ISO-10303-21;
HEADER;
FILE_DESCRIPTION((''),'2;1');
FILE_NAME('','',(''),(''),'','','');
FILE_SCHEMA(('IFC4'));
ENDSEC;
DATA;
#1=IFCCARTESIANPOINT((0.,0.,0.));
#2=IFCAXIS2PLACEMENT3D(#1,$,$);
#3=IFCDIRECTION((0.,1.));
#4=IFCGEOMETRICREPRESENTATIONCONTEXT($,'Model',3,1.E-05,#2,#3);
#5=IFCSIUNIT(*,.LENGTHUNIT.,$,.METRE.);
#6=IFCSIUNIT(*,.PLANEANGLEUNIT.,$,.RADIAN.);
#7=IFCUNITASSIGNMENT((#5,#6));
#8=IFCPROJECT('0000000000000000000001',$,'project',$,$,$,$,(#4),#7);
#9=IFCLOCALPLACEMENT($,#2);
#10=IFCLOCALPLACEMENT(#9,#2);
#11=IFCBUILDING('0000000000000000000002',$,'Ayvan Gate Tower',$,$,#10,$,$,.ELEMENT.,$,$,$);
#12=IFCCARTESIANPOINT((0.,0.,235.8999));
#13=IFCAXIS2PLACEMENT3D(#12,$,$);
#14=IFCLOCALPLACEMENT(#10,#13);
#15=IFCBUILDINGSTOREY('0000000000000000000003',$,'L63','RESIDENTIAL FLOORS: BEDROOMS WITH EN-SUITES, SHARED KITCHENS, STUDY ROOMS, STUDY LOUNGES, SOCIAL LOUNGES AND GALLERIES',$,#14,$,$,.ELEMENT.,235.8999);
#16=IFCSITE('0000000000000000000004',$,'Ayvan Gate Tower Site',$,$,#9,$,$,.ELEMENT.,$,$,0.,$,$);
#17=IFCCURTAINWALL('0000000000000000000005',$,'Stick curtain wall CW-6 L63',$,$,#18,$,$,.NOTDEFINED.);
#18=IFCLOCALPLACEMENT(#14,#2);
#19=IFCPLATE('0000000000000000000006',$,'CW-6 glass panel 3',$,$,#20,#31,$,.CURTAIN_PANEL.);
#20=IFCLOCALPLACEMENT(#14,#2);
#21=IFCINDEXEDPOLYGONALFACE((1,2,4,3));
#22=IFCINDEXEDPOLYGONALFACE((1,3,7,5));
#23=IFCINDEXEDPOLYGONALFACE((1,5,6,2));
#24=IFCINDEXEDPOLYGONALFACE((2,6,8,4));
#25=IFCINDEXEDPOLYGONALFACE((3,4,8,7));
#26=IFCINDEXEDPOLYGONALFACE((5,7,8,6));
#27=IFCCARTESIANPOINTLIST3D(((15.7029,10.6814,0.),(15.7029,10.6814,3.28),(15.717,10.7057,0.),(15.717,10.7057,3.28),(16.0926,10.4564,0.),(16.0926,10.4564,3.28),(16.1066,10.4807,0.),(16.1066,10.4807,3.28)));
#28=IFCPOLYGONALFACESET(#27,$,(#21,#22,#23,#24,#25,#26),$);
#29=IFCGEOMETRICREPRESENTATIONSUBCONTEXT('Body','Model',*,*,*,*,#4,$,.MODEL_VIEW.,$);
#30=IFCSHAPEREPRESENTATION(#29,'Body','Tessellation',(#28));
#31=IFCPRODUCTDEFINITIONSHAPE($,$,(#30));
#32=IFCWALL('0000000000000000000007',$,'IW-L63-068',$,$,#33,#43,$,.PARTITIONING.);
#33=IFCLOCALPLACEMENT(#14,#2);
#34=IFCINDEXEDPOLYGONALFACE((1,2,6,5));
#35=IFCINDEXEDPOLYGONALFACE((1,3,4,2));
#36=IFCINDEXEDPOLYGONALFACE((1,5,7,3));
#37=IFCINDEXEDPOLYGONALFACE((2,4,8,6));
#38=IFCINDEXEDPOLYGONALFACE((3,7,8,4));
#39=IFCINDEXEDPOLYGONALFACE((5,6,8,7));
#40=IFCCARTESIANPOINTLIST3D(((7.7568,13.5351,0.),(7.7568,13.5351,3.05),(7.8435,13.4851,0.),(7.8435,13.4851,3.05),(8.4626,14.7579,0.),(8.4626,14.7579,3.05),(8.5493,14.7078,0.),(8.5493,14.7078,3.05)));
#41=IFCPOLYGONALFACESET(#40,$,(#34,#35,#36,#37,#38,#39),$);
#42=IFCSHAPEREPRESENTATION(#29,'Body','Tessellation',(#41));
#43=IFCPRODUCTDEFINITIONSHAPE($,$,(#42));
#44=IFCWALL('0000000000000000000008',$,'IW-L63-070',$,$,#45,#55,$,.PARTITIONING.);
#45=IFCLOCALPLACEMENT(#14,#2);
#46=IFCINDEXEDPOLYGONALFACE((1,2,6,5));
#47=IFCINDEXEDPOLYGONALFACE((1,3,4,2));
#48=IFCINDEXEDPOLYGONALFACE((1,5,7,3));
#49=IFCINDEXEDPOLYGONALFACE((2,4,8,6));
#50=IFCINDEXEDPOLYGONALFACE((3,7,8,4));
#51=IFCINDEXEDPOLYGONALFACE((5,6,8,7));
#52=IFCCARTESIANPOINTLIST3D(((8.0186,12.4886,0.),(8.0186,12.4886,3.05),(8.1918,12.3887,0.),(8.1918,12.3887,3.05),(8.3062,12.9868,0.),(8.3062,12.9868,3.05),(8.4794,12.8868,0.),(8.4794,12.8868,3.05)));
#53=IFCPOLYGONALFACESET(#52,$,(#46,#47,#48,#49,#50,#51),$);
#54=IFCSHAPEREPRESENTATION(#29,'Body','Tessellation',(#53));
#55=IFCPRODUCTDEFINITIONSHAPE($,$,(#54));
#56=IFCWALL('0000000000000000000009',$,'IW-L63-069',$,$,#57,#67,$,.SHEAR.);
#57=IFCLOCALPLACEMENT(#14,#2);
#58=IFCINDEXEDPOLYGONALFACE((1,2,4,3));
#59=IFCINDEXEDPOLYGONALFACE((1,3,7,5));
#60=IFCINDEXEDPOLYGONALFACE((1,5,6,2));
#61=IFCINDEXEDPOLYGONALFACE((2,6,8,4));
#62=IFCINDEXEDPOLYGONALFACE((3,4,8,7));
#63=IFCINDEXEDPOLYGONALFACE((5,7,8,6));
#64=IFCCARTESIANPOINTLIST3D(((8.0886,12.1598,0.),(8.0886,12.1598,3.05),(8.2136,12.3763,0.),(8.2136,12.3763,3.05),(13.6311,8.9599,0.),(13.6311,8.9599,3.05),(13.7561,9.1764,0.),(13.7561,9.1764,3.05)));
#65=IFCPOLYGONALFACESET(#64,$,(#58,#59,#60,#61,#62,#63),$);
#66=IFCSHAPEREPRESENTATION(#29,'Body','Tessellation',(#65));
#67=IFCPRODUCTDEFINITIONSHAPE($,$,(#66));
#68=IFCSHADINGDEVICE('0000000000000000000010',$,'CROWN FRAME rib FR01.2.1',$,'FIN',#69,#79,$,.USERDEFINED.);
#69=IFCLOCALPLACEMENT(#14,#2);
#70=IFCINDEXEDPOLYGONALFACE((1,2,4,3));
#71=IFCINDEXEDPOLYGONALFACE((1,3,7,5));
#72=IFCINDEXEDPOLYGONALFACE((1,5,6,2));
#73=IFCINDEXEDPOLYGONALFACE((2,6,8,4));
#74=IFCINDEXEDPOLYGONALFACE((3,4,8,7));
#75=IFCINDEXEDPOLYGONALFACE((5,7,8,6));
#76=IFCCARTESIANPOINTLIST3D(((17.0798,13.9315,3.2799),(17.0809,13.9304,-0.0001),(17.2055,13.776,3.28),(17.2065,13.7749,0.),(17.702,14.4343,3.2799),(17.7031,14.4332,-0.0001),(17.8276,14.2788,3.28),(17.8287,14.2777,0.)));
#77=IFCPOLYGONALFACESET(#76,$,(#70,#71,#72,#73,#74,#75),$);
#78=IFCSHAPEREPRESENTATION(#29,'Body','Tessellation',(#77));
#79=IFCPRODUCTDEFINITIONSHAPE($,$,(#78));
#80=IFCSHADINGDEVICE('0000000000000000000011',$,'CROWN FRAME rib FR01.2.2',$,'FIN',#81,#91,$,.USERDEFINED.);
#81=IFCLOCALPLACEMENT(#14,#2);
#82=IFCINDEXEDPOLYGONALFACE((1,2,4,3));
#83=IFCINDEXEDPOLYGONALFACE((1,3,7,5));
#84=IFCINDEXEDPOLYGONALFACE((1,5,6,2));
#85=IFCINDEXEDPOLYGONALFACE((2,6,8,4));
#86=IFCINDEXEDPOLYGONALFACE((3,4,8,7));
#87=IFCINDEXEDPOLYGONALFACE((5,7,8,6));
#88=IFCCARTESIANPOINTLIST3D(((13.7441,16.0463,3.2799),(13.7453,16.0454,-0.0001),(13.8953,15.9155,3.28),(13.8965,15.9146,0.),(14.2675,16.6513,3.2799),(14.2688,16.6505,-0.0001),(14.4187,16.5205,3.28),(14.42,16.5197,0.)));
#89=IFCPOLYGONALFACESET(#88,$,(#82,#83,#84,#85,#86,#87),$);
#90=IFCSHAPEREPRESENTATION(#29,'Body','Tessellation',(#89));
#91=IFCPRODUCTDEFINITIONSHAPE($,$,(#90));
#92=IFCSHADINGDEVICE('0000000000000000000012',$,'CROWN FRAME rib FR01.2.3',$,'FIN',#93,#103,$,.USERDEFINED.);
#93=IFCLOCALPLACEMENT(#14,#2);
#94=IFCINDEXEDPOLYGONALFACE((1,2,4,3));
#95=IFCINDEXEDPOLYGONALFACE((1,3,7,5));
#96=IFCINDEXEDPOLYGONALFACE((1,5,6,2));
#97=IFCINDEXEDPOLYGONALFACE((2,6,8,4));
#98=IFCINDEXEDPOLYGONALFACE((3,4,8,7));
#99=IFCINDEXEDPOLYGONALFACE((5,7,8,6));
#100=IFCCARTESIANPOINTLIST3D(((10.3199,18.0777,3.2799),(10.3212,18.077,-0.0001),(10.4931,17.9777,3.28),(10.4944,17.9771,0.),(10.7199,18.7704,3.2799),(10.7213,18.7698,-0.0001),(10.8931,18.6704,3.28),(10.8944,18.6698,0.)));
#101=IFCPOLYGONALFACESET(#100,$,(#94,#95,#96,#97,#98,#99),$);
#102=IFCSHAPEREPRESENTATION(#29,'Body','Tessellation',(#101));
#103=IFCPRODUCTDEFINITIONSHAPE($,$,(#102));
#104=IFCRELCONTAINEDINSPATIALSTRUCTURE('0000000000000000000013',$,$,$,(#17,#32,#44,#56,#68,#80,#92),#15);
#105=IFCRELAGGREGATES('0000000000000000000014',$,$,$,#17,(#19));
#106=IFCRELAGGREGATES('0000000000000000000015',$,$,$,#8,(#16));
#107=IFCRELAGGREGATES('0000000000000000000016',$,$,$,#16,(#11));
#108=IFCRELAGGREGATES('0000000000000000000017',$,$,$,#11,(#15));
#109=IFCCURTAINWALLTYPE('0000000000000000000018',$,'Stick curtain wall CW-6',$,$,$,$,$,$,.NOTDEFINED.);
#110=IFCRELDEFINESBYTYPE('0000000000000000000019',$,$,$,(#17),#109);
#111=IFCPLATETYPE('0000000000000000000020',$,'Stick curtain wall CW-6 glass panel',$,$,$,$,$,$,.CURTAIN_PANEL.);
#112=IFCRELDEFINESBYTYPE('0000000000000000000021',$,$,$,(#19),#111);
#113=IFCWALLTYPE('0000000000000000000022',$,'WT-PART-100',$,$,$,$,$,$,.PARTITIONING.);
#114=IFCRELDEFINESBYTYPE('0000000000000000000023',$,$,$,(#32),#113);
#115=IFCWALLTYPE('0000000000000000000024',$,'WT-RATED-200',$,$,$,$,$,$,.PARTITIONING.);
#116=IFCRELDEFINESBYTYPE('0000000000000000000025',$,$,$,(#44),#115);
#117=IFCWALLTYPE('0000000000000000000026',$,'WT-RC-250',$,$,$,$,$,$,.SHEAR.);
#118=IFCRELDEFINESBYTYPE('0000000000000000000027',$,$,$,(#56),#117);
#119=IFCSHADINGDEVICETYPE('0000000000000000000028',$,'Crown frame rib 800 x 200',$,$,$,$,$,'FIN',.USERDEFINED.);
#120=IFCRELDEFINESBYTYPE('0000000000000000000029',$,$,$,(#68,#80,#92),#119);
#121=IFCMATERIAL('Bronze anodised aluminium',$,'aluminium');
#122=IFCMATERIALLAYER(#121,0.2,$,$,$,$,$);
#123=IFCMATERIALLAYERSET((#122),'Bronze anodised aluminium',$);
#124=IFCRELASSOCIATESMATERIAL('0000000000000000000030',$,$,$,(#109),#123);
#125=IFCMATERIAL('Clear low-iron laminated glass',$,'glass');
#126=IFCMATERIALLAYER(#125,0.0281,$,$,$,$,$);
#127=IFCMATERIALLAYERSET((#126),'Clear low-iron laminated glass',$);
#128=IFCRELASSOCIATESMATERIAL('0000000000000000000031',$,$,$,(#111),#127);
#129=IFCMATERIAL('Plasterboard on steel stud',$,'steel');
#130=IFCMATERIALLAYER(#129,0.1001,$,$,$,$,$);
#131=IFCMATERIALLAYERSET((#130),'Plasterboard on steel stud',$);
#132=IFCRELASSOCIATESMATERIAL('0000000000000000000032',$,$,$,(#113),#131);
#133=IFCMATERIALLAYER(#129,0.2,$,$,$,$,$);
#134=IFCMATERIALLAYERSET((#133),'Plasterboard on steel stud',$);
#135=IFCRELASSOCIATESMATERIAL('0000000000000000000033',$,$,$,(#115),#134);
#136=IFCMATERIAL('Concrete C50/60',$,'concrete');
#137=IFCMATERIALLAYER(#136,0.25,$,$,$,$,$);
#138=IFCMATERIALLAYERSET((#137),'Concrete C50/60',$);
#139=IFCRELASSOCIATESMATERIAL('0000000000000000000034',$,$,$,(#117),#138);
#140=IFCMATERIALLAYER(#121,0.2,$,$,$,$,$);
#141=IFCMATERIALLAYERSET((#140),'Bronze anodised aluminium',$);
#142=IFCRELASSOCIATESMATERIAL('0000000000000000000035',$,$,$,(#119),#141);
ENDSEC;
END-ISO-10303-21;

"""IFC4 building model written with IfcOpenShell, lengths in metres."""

from ifc_helpers import new_model, si_unit, direction, frame, frame_2d, origin, origin_2d, place, context, subcontext, project, spatial, polyline, rectangle, outline, extrude, material, layer, layer_set, type_object, element, aggregate, save


model = new_model("IFC4")

# Units and contexts
model_context = context("Model", 3, precision=1e-05, world=origin(), true_north=direction((0.0, 1.0)))
body_context = subcontext(model_context, "Body", "Model", "MODEL_VIEW")
ifc_project = project(units=[si_unit("LENGTHUNIT", "METRE"), si_unit("PLANEANGLEUNIT", "RADIAN")], contexts=[model_context])

# Site, building, storey
site_placement = place(None, origin())
site = spatial("IfcSite", under=ifc_project, at=site_placement, Name="Ayvan Gate Tower Site", CompositionType="ELEMENT", RefElevation=0.0)
building_placement = place(site_placement, origin())
building = spatial("IfcBuilding", under=site, at=building_placement, Name="Ayvan Gate Tower", CompositionType="ELEMENT")
storey_placement = place(building_placement, frame((0.0, 0.0, 235.8999)))
storey = spatial("IfcBuildingStorey", under=building, at=storey_placement, Name="L63", Description="RESIDENTIAL FLOORS: BEDROOMS WITH EN-SUITES, SHARED KITCHENS, STUDY ROOMS, STUDY LOUNGES, SOCIAL LOUNGES AND GALLERIES", CompositionType="ELEMENT", Elevation=235.8999)

# Shared definitions
ifc_material_1 = material(Name="Concrete C50/60", Category="concrete")

# Shared definitions
ifc_material_2 = material(Name="Bronze anodised aluminium", Category="aluminium")

# Curtain wall
ifc_layer_1 = layer(ifc_material_2, 0.2)
ifc_layer_set_1 = layer_set([ifc_layer_1], Name="Bronze anodised aluminium")
curtain_wall_type_1 = type_object("IfcCurtainWallType", Name="Stick curtain wall CW-6", PredefinedType="NOTDEFINED", material=ifc_layer_set_1)
curtain_wall_1_placement = place(storey_placement, origin())
curtain_wall_1 = element("IfcCurtainWall", 1, at=curtain_wall_1_placement, inside=storey, type_object=curtain_wall_type_1, Name="Stick curtain wall CW-6 L63", PredefinedType="NOTDEFINED")

# Plate
ifc_material_3 = material(Name="Clear low-iron laminated glass", Category="glass")
ifc_layer_2 = layer(ifc_material_3, 0.0281)
ifc_layer_set_2 = layer_set([ifc_layer_2], Name="Clear low-iron laminated glass")
plate_type_1 = type_object("IfcPlateType", Name="Stick curtain wall CW-6 glass panel", PredefinedType="CURTAIN_PANEL", material=ifc_layer_set_2)
plate_1_placement = place(storey_placement, frame((15.9048, 10.5811, 0.0), z_axis=(0.0, 0.0, 1.0), x_axis=(-0.866025, 0.5, 0.0)))
plate_1 = element("IfcPlate", 2, at=plate_1_placement, type_object=plate_type_1, Name="CW-6 glass panel 3", PredefinedType="CURTAIN_PANEL", context=body_context, shape_type="SweptSolid", body=[
    extrude(rectangle(XDim=0.45, YDim=0.0281, at=origin_2d()), origin(), (0.0, 0.0, 1.0), 3.28),
])
aggregate(curtain_wall_1, [plate_1])

# Walls
ifc_material_4 = material(Name="Plasterboard on steel stud", Category="steel")
ifc_layer_3 = layer(ifc_material_4, 0.1001)
ifc_layer_set_3 = layer_set([ifc_layer_3], Name="Plasterboard on steel stud")
wall_type_1 = type_object("IfcWallType", Name="WT-PART-100", PredefinedType="PARTITIONING", material=ifc_layer_set_3)
wall_1_placement = place(storey_placement, frame((7.8, 13.51, 0.0), z_axis=(0.0, 0.0, 1.0), x_axis=(0.499952, 0.866053, 0.0)))
element("IfcWall", 3, at=wall_1_placement, inside=storey, type_object=wall_type_1, Name="IW-L63-068", PredefinedType="PARTITIONING", context=body_context, shape_type="SweptSolid", body=[
    extrude(rectangle(XDim=1.4119, YDim=0.1001, at=frame_2d((0.7061, 0.0))), origin(), (0.0, 0.0, 1.0), 3.05),
])
ifc_layer_4 = layer(ifc_material_4, 0.2)
ifc_layer_set_4 = layer_set([ifc_layer_4], Name="Plasterboard on steel stud")
wall_type_2 = type_object("IfcWallType", Name="WT-RATED-200", PredefinedType="PARTITIONING", material=ifc_layer_set_4)
wall_2_placement = place(storey_placement, frame((8.3928, 12.9368, 0.0), z_axis=(0.0, 0.0, 1.0), x_axis=(-0.500065, -0.865988, 0.0)))
element("IfcWall", 4, at=wall_2_placement, inside=storey, type_object=wall_type_2, Name="IW-L63-070", PredefinedType="PARTITIONING", context=body_context, shape_type="SweptSolid", body=[
    extrude(rectangle(XDim=0.5752, YDim=0.2, at=frame_2d((0.2876, 0.0))), origin(), (0.0, 0.0, 1.0), 3.05),
])
ifc_layer_5 = layer(ifc_material_1, 0.25)
ifc_layer_set_5 = layer_set([ifc_layer_5], Name="Concrete C50/60")
wall_type_3 = type_object("IfcWallType", Name="WT-RC-250", PredefinedType="SHEAR", material=ifc_layer_set_5)
wall_3_placement = place(storey_placement, frame((8.1511, 12.2681, 0.0), z_axis=(0.0, 0.0, 1.0), x_axis=(0.866025, -0.5, 0.0)))
element("IfcWall", 5, at=wall_3_placement, inside=storey, type_object=wall_type_3, Name="IW-L63-069", PredefinedType="SHEAR", context=body_context, shape_type="SweptSolid", body=[
    extrude(rectangle(XDim=6.3999, YDim=0.25, at=frame_2d((3.2, 0.0))), origin(), (0.0, 0.0, 1.0), 3.05),
])

# Shading devices
ifc_layer_6 = layer(ifc_material_2, 0.2)
ifc_layer_set_6 = layer_set([ifc_layer_6], Name="Bronze anodised aluminium")
shading_device_type = type_object("IfcShadingDeviceType", Name="Crown frame rib 800 x 200", ElementType="FIN", PredefinedType="USERDEFINED", material=ifc_layer_set_6)
shading_device_1_placement = place(storey_placement, frame((17.2065, 13.7749, 0.0), z_axis=(0.628539, -0.777778, 0.000471), x_axis=(0.777778, 0.62854, 0.0)))
element("IfcShadingDevice", 6, at=shading_device_1_placement, inside=storey, type_object=shading_device_type, Name="CROWN FRAME rib FR01.2.1", ObjectType="FIN", PredefinedType="USERDEFINED", context=body_context, shape_type="SweptSolid", body=[
    extrude(outline(polyline([(0.0, 0.0), (0.8, 0.0), (0.7998, 3.28), (-0.0001, 3.28), (0.0, 0.0)])), origin(), (0.0, 0.0, -1.0), 0.2),
])
shading_device_2_placement = place(storey_placement, frame((13.8965, 15.9146, 0.0), z_axis=(0.756298, -0.654227, 0.000452), x_axis=(0.654227, 0.756298, 0.0)))
element("IfcShadingDevice", 7, at=shading_device_2_placement, inside=storey, type_object=shading_device_type, Name="CROWN FRAME rib FR01.2.2", ObjectType="FIN", PredefinedType="USERDEFINED", context=body_context, shape_type="SweptSolid", body=[
    extrude(outline(polyline([(0.0, 0.0), (0.8002, 0.0), (0.7999, 3.28), (-0.0001, 3.28), (0.0, 0.0)])), origin(), (0.0, 0.0, -1.0), 0.2),
])
shading_device_3_placement = place(storey_placement, frame((10.4944, 17.9771, 0.0), z_axis=(0.86599, -0.500061, 0.000448), x_axis=(0.500061, 0.86599, 0.0)))
element("IfcShadingDevice", 8, at=shading_device_3_placement, inside=storey, type_object=shading_device_type, Name="CROWN FRAME rib FR01.2.3", ObjectType="FIN", PredefinedType="USERDEFINED", context=body_context, shape_type="SweptSolid", body=[
    extrude(outline(polyline([(0.0, 0.0), (0.8, 0.0), (0.7998, 3.28), (-0.0001, 3.28), (0.0, 0.0)])), origin(), (0.0, 0.0, -1.0), 0.2),
])

save(model, "model.ifc")
